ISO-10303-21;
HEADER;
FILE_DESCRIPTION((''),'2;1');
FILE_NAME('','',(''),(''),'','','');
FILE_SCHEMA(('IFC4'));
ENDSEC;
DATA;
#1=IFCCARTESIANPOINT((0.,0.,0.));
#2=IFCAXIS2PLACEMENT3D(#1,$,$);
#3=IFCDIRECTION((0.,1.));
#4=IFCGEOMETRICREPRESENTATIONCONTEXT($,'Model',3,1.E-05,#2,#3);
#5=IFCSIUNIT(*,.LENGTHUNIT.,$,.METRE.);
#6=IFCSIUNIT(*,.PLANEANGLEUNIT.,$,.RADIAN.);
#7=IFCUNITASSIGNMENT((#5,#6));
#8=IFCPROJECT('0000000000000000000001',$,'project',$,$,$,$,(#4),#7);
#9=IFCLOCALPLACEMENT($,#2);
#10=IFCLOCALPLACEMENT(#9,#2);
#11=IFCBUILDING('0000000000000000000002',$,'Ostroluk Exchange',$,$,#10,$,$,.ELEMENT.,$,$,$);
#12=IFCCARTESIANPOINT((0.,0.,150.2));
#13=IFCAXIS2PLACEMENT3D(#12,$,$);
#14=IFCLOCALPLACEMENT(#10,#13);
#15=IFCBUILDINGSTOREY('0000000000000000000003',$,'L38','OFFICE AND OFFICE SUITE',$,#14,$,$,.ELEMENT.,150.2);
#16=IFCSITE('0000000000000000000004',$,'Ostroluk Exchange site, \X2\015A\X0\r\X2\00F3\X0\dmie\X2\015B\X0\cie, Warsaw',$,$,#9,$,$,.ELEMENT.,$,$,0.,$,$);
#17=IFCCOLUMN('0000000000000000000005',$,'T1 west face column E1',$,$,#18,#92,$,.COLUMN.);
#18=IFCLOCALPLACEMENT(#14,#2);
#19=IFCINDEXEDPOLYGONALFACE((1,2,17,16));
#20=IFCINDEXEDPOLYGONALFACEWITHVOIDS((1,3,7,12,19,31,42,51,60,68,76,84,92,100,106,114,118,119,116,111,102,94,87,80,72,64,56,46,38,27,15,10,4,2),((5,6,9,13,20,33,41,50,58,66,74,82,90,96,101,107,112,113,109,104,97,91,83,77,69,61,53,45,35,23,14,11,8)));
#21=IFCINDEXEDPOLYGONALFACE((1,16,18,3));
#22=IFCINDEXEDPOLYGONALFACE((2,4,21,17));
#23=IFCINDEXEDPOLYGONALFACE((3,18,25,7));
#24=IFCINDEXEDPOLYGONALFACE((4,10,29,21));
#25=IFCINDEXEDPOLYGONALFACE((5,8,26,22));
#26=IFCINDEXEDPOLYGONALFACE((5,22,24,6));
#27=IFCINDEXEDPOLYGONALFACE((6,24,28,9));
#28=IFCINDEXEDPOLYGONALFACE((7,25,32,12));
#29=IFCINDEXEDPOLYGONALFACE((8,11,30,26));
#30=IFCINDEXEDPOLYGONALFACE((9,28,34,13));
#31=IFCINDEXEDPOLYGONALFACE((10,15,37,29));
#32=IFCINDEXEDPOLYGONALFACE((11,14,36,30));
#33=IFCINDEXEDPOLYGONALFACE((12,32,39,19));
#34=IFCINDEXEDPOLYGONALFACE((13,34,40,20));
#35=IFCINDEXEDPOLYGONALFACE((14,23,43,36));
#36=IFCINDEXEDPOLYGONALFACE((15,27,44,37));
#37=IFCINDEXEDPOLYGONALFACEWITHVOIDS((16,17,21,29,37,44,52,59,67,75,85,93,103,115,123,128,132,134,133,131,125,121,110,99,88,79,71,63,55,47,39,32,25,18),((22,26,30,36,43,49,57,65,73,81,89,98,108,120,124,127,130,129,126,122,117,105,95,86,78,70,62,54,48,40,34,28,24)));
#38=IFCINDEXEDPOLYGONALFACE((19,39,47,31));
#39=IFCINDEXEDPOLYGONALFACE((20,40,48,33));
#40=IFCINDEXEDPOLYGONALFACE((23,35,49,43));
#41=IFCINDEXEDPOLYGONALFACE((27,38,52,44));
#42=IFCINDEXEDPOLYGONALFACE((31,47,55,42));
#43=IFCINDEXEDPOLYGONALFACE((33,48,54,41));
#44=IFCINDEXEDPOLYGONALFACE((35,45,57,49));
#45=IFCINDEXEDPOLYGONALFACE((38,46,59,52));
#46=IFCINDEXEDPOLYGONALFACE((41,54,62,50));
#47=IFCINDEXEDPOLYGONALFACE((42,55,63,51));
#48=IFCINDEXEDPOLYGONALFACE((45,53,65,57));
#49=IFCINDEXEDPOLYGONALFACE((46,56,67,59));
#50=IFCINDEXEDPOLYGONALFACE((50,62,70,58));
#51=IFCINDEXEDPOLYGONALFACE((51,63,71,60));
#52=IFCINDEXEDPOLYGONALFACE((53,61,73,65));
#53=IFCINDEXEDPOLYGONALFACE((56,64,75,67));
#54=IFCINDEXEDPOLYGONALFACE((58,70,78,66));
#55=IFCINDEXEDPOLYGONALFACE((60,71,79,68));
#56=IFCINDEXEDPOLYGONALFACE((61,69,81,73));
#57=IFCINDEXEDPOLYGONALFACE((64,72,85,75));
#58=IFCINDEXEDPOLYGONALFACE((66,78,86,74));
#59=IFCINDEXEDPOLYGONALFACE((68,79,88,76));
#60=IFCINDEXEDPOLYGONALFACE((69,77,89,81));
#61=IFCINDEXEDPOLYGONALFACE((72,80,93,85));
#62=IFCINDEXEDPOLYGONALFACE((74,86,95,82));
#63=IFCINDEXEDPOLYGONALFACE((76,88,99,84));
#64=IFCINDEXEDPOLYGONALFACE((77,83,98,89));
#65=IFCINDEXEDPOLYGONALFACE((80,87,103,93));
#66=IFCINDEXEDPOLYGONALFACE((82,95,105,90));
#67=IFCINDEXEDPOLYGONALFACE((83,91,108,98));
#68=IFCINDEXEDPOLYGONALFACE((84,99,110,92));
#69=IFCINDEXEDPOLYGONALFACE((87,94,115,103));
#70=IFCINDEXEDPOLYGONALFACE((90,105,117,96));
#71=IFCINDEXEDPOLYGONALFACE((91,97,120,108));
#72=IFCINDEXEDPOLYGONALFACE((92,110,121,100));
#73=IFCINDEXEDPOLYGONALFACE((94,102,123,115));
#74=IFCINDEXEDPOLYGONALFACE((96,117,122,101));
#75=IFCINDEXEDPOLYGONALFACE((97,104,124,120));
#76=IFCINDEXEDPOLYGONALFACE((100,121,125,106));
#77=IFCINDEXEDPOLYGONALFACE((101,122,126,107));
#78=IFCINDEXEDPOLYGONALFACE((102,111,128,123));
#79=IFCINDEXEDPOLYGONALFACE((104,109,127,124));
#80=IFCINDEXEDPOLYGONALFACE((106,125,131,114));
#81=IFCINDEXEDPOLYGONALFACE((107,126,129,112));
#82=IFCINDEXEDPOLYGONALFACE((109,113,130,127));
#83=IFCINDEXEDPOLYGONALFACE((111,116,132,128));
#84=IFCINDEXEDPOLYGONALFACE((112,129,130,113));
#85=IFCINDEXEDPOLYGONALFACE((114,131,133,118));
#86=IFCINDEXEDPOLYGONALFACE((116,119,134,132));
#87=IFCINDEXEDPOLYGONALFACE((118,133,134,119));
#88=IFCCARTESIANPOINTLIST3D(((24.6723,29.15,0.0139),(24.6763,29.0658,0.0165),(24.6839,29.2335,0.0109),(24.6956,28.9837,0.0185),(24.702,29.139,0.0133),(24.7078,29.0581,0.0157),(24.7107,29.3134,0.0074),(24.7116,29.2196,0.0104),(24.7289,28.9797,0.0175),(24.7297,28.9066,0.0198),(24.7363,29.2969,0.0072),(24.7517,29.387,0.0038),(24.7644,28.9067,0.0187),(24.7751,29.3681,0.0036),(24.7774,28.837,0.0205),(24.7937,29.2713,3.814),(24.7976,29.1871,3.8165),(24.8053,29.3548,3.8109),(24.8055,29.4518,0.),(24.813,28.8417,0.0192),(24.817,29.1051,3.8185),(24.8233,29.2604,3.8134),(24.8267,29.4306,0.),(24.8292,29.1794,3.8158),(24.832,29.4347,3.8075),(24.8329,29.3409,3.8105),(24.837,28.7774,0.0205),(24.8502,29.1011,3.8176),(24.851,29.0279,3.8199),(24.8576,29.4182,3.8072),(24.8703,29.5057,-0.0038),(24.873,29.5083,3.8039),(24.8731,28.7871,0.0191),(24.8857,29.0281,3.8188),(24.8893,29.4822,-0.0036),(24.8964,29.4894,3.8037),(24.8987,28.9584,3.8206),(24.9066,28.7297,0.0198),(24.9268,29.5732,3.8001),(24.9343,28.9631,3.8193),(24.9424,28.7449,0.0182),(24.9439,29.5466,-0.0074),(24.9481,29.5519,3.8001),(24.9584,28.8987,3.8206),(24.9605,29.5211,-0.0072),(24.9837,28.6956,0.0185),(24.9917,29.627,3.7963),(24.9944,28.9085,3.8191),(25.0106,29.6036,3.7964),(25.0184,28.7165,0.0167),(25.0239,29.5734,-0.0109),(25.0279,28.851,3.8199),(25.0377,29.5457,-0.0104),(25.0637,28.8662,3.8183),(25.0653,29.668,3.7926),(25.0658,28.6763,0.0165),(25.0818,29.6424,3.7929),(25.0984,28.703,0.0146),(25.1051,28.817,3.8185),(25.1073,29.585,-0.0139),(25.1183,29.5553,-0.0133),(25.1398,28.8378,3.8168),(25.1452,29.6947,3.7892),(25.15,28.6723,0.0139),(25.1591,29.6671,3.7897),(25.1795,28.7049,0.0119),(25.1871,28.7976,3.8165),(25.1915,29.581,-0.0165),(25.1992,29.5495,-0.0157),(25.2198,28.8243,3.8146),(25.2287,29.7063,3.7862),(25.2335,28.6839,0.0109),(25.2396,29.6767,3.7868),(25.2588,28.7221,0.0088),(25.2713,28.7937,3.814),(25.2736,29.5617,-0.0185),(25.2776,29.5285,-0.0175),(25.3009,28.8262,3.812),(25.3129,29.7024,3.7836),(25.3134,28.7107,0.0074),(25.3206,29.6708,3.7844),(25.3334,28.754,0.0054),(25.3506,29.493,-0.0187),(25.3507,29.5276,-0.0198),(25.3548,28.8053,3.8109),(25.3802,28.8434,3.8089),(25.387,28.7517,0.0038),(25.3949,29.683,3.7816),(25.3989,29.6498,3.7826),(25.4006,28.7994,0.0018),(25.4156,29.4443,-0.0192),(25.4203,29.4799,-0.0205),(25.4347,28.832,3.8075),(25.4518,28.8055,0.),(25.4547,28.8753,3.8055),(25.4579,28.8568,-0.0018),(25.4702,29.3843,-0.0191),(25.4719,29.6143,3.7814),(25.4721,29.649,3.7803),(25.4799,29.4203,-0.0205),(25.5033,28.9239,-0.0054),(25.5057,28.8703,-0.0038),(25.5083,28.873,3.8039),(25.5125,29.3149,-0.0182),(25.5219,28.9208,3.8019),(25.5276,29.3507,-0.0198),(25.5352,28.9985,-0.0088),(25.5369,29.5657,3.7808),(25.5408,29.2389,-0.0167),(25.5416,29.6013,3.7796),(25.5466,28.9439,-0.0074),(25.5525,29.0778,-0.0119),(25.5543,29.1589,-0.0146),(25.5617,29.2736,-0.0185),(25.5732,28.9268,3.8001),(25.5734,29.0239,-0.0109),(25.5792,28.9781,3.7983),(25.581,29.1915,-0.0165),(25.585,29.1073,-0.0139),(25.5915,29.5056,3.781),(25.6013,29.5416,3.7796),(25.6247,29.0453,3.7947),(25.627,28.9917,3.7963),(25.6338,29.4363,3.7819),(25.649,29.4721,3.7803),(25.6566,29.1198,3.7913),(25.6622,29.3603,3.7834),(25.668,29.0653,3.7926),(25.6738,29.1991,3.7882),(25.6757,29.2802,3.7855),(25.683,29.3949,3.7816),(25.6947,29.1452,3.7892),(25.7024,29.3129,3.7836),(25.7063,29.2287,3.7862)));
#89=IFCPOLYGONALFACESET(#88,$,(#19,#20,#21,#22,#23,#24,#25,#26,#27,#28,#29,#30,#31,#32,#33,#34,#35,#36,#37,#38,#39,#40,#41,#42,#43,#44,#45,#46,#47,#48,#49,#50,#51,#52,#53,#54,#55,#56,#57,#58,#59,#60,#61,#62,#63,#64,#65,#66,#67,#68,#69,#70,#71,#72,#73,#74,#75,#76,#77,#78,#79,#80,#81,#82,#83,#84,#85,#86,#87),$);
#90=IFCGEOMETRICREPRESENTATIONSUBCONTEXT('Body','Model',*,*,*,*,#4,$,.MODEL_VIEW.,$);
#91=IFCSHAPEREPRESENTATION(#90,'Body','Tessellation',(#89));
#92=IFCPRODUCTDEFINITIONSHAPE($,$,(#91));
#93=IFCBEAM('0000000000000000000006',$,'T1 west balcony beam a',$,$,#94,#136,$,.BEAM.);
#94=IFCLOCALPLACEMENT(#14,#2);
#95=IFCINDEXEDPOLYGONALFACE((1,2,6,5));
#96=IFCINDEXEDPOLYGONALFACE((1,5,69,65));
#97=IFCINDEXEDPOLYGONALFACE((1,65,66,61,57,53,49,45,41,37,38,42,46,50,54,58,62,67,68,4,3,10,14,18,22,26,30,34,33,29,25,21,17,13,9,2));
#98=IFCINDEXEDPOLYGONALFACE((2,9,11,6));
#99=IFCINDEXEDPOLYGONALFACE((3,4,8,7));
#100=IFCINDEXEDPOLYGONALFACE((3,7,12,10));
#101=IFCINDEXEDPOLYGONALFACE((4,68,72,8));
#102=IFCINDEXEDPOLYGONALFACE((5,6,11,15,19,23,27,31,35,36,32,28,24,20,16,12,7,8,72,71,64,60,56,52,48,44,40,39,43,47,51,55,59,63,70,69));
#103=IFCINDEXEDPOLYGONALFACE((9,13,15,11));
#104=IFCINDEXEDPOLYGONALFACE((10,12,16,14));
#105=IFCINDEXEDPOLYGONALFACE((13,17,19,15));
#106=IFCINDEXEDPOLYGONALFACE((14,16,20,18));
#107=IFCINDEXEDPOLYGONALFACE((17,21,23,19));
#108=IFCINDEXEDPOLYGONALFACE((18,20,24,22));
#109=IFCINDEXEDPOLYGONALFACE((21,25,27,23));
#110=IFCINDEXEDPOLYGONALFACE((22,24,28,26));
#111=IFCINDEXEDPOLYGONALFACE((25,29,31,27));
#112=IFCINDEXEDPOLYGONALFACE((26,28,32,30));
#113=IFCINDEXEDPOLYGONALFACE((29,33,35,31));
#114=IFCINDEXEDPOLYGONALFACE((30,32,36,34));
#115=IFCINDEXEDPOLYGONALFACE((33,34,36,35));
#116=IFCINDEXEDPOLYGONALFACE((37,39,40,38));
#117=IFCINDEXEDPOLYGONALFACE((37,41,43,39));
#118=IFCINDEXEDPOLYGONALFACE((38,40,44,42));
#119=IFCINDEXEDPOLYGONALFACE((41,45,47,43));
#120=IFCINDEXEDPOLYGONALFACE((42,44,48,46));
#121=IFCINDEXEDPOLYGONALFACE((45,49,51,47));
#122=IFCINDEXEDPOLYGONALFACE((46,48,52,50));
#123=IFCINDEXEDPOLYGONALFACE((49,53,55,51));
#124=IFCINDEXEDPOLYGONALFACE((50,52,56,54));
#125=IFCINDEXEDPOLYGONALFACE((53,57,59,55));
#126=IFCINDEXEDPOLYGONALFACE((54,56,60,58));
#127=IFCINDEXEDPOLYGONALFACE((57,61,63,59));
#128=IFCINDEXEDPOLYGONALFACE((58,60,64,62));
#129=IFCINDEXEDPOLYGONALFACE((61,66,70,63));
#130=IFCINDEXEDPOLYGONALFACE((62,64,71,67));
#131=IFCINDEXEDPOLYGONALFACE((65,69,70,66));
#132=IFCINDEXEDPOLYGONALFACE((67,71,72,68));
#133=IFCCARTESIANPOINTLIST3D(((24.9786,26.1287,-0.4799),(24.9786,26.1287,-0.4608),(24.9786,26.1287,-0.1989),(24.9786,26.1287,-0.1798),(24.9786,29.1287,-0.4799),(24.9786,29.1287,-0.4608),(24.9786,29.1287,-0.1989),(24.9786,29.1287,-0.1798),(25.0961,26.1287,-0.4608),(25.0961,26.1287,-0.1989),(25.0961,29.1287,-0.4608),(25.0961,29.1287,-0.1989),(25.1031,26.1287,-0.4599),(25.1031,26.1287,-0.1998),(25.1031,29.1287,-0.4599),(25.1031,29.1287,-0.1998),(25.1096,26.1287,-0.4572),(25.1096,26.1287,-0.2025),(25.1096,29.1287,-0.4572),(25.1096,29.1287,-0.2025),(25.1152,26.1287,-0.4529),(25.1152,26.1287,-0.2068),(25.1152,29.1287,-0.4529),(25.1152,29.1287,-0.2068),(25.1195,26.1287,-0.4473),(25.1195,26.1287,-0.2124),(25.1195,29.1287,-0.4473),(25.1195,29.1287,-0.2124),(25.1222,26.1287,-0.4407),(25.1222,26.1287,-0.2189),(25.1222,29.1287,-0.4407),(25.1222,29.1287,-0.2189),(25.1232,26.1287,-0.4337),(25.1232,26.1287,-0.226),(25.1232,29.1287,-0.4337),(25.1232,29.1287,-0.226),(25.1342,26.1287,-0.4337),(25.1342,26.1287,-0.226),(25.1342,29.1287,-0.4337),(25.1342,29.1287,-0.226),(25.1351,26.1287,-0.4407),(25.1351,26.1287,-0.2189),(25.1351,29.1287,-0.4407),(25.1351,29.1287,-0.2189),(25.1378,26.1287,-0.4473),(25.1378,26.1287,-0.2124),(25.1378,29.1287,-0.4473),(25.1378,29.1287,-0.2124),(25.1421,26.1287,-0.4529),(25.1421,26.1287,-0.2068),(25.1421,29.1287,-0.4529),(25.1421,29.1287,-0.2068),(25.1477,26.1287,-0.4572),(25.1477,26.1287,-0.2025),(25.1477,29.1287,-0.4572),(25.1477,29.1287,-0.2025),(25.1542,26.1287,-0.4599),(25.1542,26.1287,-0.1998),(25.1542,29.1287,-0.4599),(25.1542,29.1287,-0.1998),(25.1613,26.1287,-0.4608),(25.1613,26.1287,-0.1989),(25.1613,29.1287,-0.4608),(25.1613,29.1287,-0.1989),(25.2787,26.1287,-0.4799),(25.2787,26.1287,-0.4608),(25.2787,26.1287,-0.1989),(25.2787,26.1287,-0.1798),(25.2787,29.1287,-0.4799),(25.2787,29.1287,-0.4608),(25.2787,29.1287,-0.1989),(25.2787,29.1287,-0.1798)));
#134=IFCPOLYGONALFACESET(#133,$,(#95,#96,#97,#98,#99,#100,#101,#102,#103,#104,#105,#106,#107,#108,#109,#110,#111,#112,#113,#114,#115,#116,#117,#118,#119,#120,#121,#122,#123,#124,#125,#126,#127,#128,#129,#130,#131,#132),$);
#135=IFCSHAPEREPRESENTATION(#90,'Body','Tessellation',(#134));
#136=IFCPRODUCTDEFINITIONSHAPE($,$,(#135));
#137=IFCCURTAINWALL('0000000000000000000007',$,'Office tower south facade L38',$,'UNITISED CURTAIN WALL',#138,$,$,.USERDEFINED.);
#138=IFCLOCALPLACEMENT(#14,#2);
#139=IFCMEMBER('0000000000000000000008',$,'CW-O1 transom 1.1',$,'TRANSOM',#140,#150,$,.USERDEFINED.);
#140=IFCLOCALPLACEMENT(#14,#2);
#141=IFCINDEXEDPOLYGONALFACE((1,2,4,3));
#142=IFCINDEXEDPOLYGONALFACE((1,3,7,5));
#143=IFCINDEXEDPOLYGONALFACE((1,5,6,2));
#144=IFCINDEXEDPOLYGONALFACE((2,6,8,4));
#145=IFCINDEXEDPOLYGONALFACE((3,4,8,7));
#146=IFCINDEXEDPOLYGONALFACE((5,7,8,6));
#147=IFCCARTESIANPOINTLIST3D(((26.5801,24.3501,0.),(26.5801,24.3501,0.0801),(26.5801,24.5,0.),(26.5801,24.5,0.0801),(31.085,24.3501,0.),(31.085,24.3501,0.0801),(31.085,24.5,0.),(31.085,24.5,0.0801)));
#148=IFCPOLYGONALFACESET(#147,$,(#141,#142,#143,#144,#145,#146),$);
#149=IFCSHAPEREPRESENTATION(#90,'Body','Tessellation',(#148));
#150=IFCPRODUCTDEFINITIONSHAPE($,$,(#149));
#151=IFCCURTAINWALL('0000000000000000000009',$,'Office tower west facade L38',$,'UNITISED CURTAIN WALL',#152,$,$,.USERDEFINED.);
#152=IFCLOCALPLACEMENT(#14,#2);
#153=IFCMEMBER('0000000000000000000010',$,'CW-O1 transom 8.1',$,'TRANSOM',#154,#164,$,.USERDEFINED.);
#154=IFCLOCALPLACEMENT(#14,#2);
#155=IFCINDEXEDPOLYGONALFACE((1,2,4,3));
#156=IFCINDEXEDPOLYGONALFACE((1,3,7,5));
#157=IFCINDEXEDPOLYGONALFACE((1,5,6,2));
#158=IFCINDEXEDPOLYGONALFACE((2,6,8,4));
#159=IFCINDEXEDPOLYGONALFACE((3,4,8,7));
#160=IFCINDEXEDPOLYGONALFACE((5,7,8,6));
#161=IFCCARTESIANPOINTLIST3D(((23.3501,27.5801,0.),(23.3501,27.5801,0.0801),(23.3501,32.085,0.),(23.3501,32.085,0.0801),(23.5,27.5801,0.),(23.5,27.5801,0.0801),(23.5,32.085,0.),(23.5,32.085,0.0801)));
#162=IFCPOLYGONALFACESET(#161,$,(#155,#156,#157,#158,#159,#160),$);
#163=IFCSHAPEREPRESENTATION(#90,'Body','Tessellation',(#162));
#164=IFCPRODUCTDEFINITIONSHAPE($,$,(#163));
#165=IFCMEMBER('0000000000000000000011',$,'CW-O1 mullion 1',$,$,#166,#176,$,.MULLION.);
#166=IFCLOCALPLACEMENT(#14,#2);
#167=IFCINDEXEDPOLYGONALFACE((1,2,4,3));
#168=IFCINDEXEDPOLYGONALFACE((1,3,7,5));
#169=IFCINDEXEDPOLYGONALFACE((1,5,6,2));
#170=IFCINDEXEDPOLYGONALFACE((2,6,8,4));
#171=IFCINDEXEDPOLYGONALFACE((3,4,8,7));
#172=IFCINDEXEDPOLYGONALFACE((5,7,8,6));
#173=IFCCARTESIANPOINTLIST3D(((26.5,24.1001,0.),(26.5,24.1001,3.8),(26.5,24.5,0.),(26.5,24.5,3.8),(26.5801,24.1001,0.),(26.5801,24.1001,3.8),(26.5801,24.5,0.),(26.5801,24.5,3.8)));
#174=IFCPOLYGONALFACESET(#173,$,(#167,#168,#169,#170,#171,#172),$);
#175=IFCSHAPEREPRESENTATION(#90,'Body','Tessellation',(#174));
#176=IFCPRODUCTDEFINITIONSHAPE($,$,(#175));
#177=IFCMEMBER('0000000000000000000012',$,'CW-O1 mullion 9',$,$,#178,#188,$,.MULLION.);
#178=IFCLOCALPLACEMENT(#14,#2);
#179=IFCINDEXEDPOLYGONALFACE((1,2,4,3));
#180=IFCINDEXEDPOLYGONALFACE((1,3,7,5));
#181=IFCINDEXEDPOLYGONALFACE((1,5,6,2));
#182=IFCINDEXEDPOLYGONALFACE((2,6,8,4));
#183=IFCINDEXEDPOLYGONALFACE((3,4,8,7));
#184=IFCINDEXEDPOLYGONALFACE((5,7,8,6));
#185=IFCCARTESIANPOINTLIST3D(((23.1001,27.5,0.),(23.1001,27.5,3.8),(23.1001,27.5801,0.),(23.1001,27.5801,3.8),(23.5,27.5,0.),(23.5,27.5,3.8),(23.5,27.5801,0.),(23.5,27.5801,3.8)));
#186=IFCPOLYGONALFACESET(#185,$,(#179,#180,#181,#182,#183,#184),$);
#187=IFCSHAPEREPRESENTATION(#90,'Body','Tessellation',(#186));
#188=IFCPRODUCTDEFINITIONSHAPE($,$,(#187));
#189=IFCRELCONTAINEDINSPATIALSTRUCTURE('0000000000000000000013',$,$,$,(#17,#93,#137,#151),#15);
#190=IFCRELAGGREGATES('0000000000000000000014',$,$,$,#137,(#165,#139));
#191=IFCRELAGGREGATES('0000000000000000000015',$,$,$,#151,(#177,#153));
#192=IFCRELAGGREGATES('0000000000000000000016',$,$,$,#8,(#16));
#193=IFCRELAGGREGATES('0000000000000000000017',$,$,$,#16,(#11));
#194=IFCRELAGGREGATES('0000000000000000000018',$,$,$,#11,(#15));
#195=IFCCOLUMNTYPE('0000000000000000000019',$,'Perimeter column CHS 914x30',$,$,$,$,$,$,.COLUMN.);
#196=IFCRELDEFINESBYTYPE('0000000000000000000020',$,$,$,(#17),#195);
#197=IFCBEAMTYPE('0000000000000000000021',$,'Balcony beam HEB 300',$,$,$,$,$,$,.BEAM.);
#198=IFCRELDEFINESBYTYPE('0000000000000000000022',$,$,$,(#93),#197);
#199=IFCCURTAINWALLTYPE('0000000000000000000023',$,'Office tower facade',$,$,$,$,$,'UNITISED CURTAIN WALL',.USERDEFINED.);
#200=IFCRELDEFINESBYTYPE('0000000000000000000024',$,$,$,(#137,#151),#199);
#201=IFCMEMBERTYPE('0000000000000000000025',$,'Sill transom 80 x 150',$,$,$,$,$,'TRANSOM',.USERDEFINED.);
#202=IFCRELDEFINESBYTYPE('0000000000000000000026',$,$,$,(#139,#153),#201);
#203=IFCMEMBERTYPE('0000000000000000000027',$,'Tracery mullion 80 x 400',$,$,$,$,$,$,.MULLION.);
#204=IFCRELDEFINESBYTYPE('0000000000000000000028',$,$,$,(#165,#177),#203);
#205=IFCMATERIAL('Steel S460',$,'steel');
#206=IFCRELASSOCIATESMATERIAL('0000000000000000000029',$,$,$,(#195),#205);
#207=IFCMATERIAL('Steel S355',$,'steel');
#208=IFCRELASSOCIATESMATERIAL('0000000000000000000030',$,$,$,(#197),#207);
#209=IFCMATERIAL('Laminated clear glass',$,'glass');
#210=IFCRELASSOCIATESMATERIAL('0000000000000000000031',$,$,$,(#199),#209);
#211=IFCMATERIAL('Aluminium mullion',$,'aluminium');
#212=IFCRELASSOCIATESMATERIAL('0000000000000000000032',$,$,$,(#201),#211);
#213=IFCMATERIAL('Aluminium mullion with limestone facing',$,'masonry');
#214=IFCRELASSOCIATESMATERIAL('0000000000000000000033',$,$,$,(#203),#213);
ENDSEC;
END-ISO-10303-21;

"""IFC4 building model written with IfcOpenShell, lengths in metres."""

from ifc_helpers import new_model, si_unit, direction, frame, origin, origin_2d, place, context, subcontext, project, spatial, rectangle, hollow_circle, i_section, extrude, material, material_profile, profile_set, type_object, element, aggregate, save


model = new_model("IFC4")

# Units and contexts
model_context = context("Model", 3, precision=1e-05, world=origin(), true_north=direction((0.0, 1.0)))
body_context = subcontext(model_context, "Body", "Model", "MODEL_VIEW")
ifc_project = project(units=[si_unit("LENGTHUNIT", "METRE"), si_unit("PLANEANGLEUNIT", "RADIAN")], contexts=[model_context])

# Site, building, storey
site_placement = place(None, origin())
site = spatial("IfcSite", under=ifc_project, at=site_placement, Name="Ostroluk Exchange site, Śródmieście, Warsaw", CompositionType="ELEMENT", RefElevation=0.0)
building_placement = place(site_placement, origin())
building = spatial("IfcBuilding", under=site, at=building_placement, Name="Ostroluk Exchange", CompositionType="ELEMENT")
storey_placement = place(building_placement, frame((0.0, 0.0, 150.2)))
storey = spatial("IfcBuildingStorey", under=building, at=storey_placement, Name="L38", Description="OFFICE AND OFFICE SUITE", CompositionType="ELEMENT", Elevation=150.2)

# Column
ifc_material_1 = material(Name="Steel S460", Category="steel")
ifc_material_profile_1 = material_profile(ifc_material_1, hollow_circle(Radius=0.457, WallThickness=0.03, at=origin_2d()), Name="CHS 914x30")
ifc_profile_set_1 = profile_set([ifc_material_profile_1], Name="Steel S460")
column_type = type_object("IfcColumnType", Name="Perimeter column CHS 914x30", PredefinedType="COLUMN", material=ifc_profile_set_1)
column_placement = place(storey_placement, frame((25.1287, 29.1287, 0.0), z_axis=(0.031898, 0.031898, 0.998982), x_axis=(-0.707107, 0.707107, 0.0)))
element("IfcColumn", 1, at=column_placement, inside=storey, type_object=column_type, Name="T1 west face column E1", PredefinedType="COLUMN", context=body_context, shape_type="SweptSolid", body=[
    extrude(hollow_circle(Radius=0.457, WallThickness=0.03, at=origin_2d()), origin(), (0.0, 0.0, 1.0), 3.804),
])

# Beam
ifc_material_2 = material(Name="Steel S355", Category="steel")
ifc_material_profile_2 = material_profile(ifc_material_2, i_section(OverallWidth=0.3, OverallDepth=0.3, WebThickness=0.011, FlangeThickness=0.019, FilletRadius=0.0271, at=origin_2d()), Name="HEB 300")
ifc_profile_set_2 = profile_set([ifc_material_profile_2], Name="Steel S355")
beam_type = type_object("IfcBeamType", Name="Balcony beam HEB 300", PredefinedType="BEAM", material=ifc_profile_set_2)
beam_placement = place(storey_placement, frame((25.1287, 29.1287, -0.3298), z_axis=(0.0, -1.0, 0.0), x_axis=(1.0, 0.0, 0.0)))
element("IfcBeam", 2, at=beam_placement, inside=storey, type_object=beam_type, Name="T1 west balcony beam a", PredefinedType="BEAM", context=body_context, shape_type="SweptSolid", body=[
    extrude(i_section(OverallWidth=0.3, OverallDepth=0.3, WebThickness=0.011, FlangeThickness=0.019, FilletRadius=0.0271, at=origin_2d()), origin(), (0.0, 0.0, 1.0), 3.0),
])

# Curtain walls, members
ifc_material_3 = material(Name="Laminated clear glass", Category="glass")
curtain_wall_type = type_object("IfcCurtainWallType", Name="Office tower facade", ElementType="UNITISED CURTAIN WALL", PredefinedType="USERDEFINED", material=ifc_material_3)
curtain_wall_1_placement = place(storey_placement, origin())
curtain_wall_1 = element("IfcCurtainWall", 3, at=curtain_wall_1_placement, inside=storey, type_object=curtain_wall_type, Name="Office tower south facade L38", ObjectType="UNITISED CURTAIN WALL", PredefinedType="USERDEFINED")
ifc_material_4 = material(Name="Aluminium mullion", Category="aluminium")
ifc_material_profile_3 = material_profile(ifc_material_4, rectangle(XDim=0.1499, YDim=0.0801, at=origin_2d()), Name="Sill transom 80 x 150")
ifc_profile_set_3 = profile_set([ifc_material_profile_3], Name="Aluminium mullion")
member_type_1 = type_object("IfcMemberType", Name="Sill transom 80 x 150", ElementType="TRANSOM", PredefinedType="USERDEFINED", material=ifc_profile_set_3)
member_1_placement = place(storey_placement, frame((26.5801, 24.425, 0.04), z_axis=(1.0, 0.0, 0.0), x_axis=(0.0, 1.0, 0.0)))
member_1 = element("IfcMember", 4, at=member_1_placement, type_object=member_type_1, Name="CW-O1 transom 1.1", ObjectType="TRANSOM", PredefinedType="USERDEFINED", context=body_context, shape_type="SweptSolid", body=[
    extrude(rectangle(XDim=0.1499, YDim=0.0801, at=origin_2d()), origin(), (0.0, 0.0, 1.0), 4.5049),
])
curtain_wall_2_placement = place(storey_placement, origin())
curtain_wall_2 = element("IfcCurtainWall", 5, at=curtain_wall_2_placement, inside=storey, type_object=curtain_wall_type, Name="Office tower west facade L38", ObjectType="UNITISED CURTAIN WALL", PredefinedType="USERDEFINED")
member_2_placement = place(storey_placement, frame((23.425, 32.085, 0.04), z_axis=(0.0, -1.0, 0.0), x_axis=(1.0, 0.0, 0.0)))
member_2 = element("IfcMember", 6, at=member_2_placement, type_object=member_type_1, Name="CW-O1 transom 8.1", ObjectType="TRANSOM", PredefinedType="USERDEFINED", context=body_context, shape_type="SweptSolid", body=[
    extrude(rectangle(XDim=0.1499, YDim=0.0801, at=origin_2d()), origin(), (0.0, 0.0, 1.0), 4.5049),
])

# Members
ifc_material_5 = material(Name="Aluminium mullion with limestone facing", Category="masonry")
ifc_material_profile_4 = material_profile(ifc_material_5, rectangle(XDim=0.3999, YDim=0.0801, at=origin_2d()), Name="Tracery mullion 80 x 400")
ifc_profile_set_4 = profile_set([ifc_material_profile_4], Name="Aluminium mullion with limestone facing")
member_type_2 = type_object("IfcMemberType", Name="Tracery mullion 80 x 400", PredefinedType="MULLION", material=ifc_profile_set_4)
member_3_placement = place(storey_placement, frame((26.54, 24.3, 0.0), z_axis=(0.0, 0.0, 1.0), x_axis=(0.0, 1.0, 0.0)))
member_3 = element("IfcMember", 7, at=member_3_placement, type_object=member_type_2, Name="CW-O1 mullion 1", PredefinedType="MULLION", context=body_context, shape_type="SweptSolid", body=[
    extrude(rectangle(XDim=0.3999, YDim=0.0801, at=origin_2d()), origin(), (0.0, 0.0, 1.0), 3.8),
])
aggregate(curtain_wall_1, [member_3, member_1])
member_4_placement = place(storey_placement, frame((23.3, 27.54, 0.0), z_axis=(0.0, 0.0, 1.0), x_axis=(1.0, 0.0, 0.0)))
member_4 = element("IfcMember", 8, at=member_4_placement, type_object=member_type_2, Name="CW-O1 mullion 9", PredefinedType="MULLION", context=body_context, shape_type="SweptSolid", body=[
    extrude(rectangle(XDim=0.3999, YDim=0.0801, at=origin_2d()), origin(), (0.0, 0.0, 1.0), 3.8),
])

aggregate(curtain_wall_2, [member_4, member_2])

save(model, "model.ifc")
